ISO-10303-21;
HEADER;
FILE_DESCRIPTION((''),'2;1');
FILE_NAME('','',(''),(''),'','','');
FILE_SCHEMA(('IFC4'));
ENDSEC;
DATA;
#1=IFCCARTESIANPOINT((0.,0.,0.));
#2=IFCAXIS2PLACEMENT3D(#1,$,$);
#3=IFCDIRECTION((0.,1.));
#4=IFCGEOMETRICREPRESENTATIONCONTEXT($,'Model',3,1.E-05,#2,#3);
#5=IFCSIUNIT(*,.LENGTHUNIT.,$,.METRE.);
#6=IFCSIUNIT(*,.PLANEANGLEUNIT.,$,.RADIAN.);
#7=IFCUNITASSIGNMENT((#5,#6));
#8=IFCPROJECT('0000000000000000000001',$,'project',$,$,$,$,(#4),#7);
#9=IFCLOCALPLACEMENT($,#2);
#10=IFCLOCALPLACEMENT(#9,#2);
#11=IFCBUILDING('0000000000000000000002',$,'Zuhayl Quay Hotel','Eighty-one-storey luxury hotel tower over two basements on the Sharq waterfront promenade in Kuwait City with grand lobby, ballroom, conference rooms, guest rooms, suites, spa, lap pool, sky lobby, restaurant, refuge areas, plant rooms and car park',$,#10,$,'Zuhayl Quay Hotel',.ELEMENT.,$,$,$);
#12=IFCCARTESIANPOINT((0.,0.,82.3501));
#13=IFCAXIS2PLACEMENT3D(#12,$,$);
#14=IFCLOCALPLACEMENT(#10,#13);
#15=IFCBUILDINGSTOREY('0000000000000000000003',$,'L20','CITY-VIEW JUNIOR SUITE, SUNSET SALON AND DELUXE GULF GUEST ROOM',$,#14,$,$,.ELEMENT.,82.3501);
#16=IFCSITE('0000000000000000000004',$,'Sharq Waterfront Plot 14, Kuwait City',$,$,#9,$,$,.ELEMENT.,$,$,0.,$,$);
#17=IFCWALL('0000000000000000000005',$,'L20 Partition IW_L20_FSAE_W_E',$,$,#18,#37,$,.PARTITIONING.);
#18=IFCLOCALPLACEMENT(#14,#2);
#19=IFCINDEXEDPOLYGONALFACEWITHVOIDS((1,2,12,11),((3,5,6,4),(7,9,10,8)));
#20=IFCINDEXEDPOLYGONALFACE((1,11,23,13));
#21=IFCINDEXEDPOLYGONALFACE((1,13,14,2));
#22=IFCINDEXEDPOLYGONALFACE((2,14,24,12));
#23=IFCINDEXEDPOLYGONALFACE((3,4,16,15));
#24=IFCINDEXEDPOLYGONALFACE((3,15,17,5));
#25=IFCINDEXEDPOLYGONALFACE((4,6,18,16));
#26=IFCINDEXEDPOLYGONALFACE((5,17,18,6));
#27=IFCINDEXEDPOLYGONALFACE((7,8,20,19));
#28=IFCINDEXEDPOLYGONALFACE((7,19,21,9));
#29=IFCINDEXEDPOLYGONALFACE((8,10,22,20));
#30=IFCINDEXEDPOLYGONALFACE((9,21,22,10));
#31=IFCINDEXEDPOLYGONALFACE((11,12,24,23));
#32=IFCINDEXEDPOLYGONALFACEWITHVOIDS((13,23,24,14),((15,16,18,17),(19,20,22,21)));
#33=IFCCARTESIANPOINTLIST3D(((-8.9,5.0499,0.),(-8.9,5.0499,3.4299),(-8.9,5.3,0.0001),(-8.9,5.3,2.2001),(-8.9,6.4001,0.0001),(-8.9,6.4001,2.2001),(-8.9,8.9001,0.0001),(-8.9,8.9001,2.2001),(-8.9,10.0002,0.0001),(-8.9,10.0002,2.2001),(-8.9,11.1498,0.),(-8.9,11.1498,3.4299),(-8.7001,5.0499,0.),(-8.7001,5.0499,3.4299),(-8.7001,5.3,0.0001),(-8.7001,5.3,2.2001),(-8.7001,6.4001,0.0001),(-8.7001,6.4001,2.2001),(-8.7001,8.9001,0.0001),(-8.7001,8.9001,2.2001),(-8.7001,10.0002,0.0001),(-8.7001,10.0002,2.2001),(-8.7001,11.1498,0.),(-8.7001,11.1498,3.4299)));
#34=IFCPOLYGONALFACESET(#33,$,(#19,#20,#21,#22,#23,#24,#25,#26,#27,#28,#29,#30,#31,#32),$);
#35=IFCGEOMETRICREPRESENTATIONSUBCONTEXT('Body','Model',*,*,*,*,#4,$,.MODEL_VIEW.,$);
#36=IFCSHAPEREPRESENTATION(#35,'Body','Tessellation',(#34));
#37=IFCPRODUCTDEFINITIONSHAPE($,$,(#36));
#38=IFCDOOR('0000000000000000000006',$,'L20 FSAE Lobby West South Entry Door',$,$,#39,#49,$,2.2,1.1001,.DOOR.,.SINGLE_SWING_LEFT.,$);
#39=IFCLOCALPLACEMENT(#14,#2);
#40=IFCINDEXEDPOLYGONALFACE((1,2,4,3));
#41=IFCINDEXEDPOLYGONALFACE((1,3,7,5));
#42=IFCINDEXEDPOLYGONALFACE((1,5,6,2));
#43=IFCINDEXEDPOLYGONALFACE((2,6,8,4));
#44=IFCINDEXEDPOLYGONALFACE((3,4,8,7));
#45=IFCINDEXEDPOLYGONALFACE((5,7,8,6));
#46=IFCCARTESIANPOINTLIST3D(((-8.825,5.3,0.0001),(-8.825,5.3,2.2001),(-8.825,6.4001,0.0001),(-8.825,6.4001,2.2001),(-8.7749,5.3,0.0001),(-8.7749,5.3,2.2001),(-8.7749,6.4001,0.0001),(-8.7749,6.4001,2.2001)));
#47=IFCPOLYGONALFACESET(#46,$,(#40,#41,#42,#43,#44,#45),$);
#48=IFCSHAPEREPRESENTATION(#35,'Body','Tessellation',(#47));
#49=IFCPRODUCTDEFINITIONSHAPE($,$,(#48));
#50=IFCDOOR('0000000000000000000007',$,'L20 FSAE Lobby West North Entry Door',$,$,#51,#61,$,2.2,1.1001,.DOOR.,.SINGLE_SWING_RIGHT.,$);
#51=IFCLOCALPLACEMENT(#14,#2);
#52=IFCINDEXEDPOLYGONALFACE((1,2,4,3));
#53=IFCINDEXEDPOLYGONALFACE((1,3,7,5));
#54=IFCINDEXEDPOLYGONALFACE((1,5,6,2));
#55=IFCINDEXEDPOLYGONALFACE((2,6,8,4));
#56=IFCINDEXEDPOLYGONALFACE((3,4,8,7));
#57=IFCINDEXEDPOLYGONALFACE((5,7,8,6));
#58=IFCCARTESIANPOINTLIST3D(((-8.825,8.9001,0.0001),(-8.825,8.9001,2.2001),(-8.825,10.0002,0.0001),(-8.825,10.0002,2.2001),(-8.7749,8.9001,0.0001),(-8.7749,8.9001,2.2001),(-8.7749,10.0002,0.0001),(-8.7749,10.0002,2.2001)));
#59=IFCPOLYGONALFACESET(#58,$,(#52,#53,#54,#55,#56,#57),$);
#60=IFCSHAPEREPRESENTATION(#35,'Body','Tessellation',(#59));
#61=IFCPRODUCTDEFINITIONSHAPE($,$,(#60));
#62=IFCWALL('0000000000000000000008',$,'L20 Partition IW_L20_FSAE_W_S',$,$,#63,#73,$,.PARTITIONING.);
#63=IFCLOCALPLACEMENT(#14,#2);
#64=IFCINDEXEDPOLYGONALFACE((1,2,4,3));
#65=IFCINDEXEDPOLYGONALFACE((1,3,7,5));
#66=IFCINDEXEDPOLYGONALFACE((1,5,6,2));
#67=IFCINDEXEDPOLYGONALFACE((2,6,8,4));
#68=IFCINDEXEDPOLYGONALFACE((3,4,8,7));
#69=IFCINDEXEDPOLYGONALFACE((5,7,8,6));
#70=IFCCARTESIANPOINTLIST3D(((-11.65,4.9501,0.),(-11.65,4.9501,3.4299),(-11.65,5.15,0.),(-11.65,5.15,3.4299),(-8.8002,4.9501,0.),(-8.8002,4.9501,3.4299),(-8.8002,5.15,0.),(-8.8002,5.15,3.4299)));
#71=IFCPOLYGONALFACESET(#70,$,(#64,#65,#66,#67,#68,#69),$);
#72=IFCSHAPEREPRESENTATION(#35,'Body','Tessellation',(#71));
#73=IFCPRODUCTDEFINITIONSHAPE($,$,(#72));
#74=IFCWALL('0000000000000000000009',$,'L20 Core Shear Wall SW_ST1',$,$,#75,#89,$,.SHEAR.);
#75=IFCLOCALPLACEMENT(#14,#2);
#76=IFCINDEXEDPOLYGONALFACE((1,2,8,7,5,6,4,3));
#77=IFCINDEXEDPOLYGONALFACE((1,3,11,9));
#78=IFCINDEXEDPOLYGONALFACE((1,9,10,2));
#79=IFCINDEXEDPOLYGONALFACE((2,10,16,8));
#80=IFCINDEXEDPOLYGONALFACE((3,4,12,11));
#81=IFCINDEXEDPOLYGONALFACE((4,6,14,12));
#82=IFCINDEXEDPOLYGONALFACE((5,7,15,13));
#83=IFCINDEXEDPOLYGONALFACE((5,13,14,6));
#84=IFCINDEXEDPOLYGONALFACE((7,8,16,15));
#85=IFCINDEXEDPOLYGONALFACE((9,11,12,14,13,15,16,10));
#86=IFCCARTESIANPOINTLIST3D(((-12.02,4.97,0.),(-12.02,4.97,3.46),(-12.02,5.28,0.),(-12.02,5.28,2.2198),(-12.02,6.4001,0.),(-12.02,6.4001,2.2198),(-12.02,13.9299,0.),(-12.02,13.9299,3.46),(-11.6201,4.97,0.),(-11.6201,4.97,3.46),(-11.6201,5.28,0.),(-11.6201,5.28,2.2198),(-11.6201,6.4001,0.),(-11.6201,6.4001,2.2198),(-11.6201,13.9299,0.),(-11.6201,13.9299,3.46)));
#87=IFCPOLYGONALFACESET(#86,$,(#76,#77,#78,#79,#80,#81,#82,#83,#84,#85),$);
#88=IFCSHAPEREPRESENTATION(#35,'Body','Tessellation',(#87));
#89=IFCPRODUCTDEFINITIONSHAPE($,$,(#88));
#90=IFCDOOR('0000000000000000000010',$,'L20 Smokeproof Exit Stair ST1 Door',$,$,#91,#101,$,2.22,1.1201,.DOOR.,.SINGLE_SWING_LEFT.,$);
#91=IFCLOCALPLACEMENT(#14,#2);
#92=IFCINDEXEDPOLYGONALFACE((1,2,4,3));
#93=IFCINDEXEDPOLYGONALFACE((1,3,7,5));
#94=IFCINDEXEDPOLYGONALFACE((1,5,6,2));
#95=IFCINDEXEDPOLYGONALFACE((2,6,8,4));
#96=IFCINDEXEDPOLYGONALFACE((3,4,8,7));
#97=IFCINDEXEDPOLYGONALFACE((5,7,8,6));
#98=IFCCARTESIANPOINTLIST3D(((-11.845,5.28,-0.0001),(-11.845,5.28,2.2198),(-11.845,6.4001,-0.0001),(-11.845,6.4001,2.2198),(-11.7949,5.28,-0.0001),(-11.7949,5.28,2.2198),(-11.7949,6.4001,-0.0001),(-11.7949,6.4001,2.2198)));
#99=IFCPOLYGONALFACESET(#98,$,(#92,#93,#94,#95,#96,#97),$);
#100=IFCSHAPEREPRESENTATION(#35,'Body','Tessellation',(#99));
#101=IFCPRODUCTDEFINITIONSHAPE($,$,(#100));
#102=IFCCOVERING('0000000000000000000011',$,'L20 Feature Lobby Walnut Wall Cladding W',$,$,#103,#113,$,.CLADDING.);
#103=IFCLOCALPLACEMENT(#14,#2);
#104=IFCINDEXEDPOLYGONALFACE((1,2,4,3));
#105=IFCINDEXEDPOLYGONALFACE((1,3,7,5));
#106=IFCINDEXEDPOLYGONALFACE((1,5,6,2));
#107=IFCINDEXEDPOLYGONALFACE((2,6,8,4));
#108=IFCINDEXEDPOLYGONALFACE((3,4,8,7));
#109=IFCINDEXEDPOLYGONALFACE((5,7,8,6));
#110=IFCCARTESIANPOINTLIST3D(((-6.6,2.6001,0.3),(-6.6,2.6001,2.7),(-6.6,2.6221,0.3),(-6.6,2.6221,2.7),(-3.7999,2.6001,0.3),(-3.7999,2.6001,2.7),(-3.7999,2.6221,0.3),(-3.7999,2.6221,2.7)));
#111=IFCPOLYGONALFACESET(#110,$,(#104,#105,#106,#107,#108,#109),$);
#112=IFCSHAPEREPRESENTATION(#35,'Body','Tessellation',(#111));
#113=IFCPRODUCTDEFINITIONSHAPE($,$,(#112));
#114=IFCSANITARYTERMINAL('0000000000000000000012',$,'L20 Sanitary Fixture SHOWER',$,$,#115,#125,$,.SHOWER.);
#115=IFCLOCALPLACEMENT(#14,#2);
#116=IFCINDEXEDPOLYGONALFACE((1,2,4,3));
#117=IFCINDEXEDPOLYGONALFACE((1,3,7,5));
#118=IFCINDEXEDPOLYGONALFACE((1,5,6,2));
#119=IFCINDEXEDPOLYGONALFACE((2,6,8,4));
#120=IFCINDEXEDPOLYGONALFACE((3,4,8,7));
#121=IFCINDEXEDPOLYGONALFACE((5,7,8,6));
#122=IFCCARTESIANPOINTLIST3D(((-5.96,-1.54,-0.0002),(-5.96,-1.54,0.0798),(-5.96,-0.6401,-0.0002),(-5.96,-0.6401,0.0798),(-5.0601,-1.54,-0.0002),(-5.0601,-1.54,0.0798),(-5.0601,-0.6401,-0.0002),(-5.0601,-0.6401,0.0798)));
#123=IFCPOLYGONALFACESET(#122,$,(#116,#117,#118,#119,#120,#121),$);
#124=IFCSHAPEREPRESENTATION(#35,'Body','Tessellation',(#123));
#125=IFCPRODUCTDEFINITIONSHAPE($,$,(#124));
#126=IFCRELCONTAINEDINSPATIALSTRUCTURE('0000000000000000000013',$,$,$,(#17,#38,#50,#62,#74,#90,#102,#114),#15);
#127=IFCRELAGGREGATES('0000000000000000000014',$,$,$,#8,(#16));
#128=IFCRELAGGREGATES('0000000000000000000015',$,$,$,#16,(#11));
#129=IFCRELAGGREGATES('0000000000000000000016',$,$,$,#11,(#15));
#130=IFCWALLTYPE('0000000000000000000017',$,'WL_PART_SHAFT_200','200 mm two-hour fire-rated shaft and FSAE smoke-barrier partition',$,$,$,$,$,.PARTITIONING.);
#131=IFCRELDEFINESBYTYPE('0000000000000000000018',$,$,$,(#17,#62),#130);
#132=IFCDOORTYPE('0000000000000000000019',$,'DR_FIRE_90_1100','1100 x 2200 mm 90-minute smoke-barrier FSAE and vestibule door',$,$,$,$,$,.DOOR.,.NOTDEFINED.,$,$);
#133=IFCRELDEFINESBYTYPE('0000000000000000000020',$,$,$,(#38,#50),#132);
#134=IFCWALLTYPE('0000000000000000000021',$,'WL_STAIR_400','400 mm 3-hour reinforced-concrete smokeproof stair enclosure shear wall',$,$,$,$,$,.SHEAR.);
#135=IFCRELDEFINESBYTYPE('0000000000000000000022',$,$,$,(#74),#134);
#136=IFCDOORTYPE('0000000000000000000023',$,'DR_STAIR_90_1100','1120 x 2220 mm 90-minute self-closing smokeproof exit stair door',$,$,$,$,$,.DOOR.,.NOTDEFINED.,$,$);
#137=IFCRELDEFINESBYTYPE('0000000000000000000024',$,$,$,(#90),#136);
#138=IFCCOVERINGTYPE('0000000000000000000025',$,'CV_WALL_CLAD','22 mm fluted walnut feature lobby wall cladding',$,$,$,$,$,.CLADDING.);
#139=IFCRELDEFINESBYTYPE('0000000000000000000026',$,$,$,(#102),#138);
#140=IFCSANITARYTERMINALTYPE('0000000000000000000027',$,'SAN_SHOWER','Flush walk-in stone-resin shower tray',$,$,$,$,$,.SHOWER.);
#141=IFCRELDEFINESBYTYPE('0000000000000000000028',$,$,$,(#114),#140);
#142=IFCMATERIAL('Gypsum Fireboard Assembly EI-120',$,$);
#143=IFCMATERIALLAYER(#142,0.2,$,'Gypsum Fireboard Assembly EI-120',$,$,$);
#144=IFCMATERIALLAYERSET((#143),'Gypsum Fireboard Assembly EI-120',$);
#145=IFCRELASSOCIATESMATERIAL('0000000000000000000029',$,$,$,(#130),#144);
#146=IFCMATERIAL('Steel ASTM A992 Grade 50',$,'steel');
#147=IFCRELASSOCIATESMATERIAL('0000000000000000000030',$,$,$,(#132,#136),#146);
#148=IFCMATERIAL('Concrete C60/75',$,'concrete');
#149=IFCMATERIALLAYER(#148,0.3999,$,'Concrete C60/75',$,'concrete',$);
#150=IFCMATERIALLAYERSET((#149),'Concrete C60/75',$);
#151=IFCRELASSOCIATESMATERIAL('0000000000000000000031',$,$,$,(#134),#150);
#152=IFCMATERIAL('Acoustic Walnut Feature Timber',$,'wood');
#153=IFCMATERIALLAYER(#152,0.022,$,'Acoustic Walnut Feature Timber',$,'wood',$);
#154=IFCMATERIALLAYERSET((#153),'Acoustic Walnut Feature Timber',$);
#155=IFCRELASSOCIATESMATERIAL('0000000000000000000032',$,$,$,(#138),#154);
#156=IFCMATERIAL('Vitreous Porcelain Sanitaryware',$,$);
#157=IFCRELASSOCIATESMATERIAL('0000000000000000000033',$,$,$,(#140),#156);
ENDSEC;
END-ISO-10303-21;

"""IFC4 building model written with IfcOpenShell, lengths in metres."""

from ifc_helpers import new_model, si_unit, direction, frame, frame_2d, origin, origin_2d, place, context, subcontext, project, spatial, rectangle, extrude, material, layer, layer_set, type_object, element, fill, save


model = new_model("IFC4")

# Units and contexts
model_context = context("Model", 3, precision=1e-05, world=origin(), true_north=direction((0.0, 1.0)))
body_context = subcontext(model_context, "Body", "Model", "MODEL_VIEW")
ifc_project = project(units=[si_unit("LENGTHUNIT", "METRE"), si_unit("PLANEANGLEUNIT", "RADIAN")], contexts=[model_context])

# Site, building, storey
site_placement = place(None, origin())
site = spatial("IfcSite", under=ifc_project, at=site_placement, Name="Sharq Waterfront Plot 14, Kuwait City", CompositionType="ELEMENT", RefElevation=0.0)
building_placement = place(site_placement, origin())
building = spatial("IfcBuilding", under=site, at=building_placement, Name="Zuhayl Quay Hotel", Description="Eighty-one-storey luxury hotel tower over two basements on the Sharq waterfront promenade in Kuwait City with grand lobby, ballroom, conference rooms, guest rooms, suites, spa, lap pool, sky lobby, restaurant, refuge areas, plant rooms and car park", LongName="Zuhayl Quay Hotel", CompositionType="ELEMENT")
storey_placement = place(building_placement, frame((0.0, 0.0, 82.3501)))
storey = spatial("IfcBuildingStorey", under=building, at=storey_placement, Name="L20", Description="CITY-VIEW JUNIOR SUITE, SUNSET SALON AND DELUXE GULF GUEST ROOM", CompositionType="ELEMENT", Elevation=82.3501)

# Shared definitions
ifc_material_1 = material(Name="Concrete C60/75", Category="concrete")
ifc_material_2 = material(Name="Steel ASTM A992 Grade 50", Category="steel")

# Wall, openings, doors
ifc_material_3 = material(Name="Gypsum Fireboard Assembly EI-120")
ifc_layer_1 = layer(ifc_material_3, 0.2, Name="Gypsum Fireboard Assembly EI-120")
ifc_layer_set_1 = layer_set([ifc_layer_1], Name="Gypsum Fireboard Assembly EI-120")
wall_type_1 = type_object("IfcWallType", Name="WL_PART_SHAFT_200", Description="200 mm two-hour fire-rated shaft and FSAE smoke-barrier partition", PredefinedType="PARTITIONING", material=ifc_layer_set_1)
wall_1_placement = place(storey_placement, frame((-8.8, 5.05, 0.0), z_axis=(0.0, 0.0, 1.0), x_axis=(0.0, 1.0, 0.0)))
wall_1 = element("IfcWall", 1, at=wall_1_placement, inside=storey, type_object=wall_type_1, Name="L20 Partition IW_L20_FSAE_W_E", PredefinedType="PARTITIONING", context=body_context, shape_type="SweptSolid", body=[
    extrude(rectangle(XDim=6.0999, YDim=0.2, at=frame_2d((3.0498, 0.0))), origin(), (0.0, 0.0, 1.0), 3.4299),
])
opening_1_placement = place(wall_1_placement, frame((0.25, 0.0, 0.0)))
opening_1 = element("IfcOpeningElement", 2, at=opening_1_placement, cuts=wall_1, PredefinedType="OPENING", context=body_context, shape_type="SweptSolid", body=[
    extrude(rectangle(XDim=1.1001, YDim=2.2, at=frame_2d((0.55, 1.1001))), frame((0.0, 0.1099, 0.0), z_axis=(0.0, -1.0, 0.0), x_axis=(1.0, 0.0, 0.0)), (0.0, 0.0, 1.0), 0.22),
])
opening_2_placement = place(wall_1_placement, frame((3.8501, 0.0, 0.0)))
opening_2 = element("IfcOpeningElement", 3, at=opening_2_placement, cuts=wall_1, PredefinedType="OPENING", context=body_context, shape_type="SweptSolid", body=[
    extrude(rectangle(XDim=1.1001, YDim=2.2, at=frame_2d((0.55, 1.1001))), frame((0.0, 0.1099, 0.0), z_axis=(0.0, -1.0, 0.0), x_axis=(1.0, 0.0, 0.0)), (0.0, 0.0, 1.0), 0.22),
])
door_type_1 = type_object("IfcDoorType", Name="DR_FIRE_90_1100", Description="1100 x 2200 mm 90-minute smoke-barrier FSAE and vestibule door", OperationType="NOTDEFINED", PredefinedType="DOOR", material=ifc_material_2)
door_1_placement = place(opening_1_placement, origin())
door_1 = element("IfcDoor", 4, at=door_1_placement, inside=storey, type_object=door_type_1, Name="L20 FSAE Lobby West South Entry Door", OperationType="SINGLE_SWING_LEFT", OverallHeight=2.2, OverallWidth=1.1001, PredefinedType="DOOR", context=body_context, shape_type="SweptSolid", body=[
    extrude(rectangle(XDim=1.1001, YDim=2.2, at=frame_2d((0.55, 1.1001))), frame((0.0, 0.0249, 0.0), z_axis=(0.0, -1.0, 0.0), x_axis=(1.0, 0.0, 0.0)), (0.0, 0.0, 1.0), 0.05),
])
fill(opening_1, door_1)
door_2_placement = place(opening_2_placement, origin())
door_2 = element("IfcDoor", 5, at=door_2_placement, inside=storey, type_object=door_type_1, Name="L20 FSAE Lobby West North Entry Door", OperationType="SINGLE_SWING_RIGHT", OverallHeight=2.2, OverallWidth=1.1001, PredefinedType="DOOR", context=body_context, shape_type="SweptSolid", body=[
    extrude(rectangle(XDim=1.1001, YDim=2.2, at=frame_2d((0.55, 1.1001))), frame((0.0, 0.0249, 0.0), z_axis=(0.0, -1.0, 0.0), x_axis=(1.0, 0.0, 0.0)), (0.0, 0.0, 1.0), 0.05),
])
fill(opening_2, door_2)

# Wall
wall_2_placement = place(storey_placement, frame((-11.6499, 5.05, 0.0), z_axis=(0.0, 0.0, 1.0), x_axis=(1.0, 0.0, 0.0)))
element("IfcWall", 6, at=wall_2_placement, inside=storey, type_object=wall_type_1, Name="L20 Partition IW_L20_FSAE_W_S", PredefinedType="PARTITIONING", context=body_context, shape_type="SweptSolid", body=[
    extrude(rectangle(XDim=2.8499, YDim=0.2, at=frame_2d((1.4248, 0.0))), origin(), (0.0, 0.0, 1.0), 3.4299),
])

# Wall, opening, door
ifc_layer_2 = layer(ifc_material_1, 0.3999, Name="Concrete C60/75", Category="concrete")
ifc_layer_set_2 = layer_set([ifc_layer_2], Name="Concrete C60/75")
wall_type_2 = type_object("IfcWallType", Name="WL_STAIR_400", Description="400 mm 3-hour reinforced-concrete smokeproof stair enclosure shear wall", PredefinedType="SHEAR", material=ifc_layer_set_2)
wall_3_placement = place(storey_placement, frame((-11.8201, 4.97, 0.0), z_axis=(0.0, 0.0, 1.0), x_axis=(0.0, 1.0, 0.0)))
wall_3 = element("IfcWall", 7, at=wall_3_placement, inside=storey, type_object=wall_type_2, Name="L20 Core Shear Wall SW_ST1", PredefinedType="SHEAR", context=body_context, shape_type="SweptSolid", body=[
    extrude(rectangle(XDim=8.96, YDim=0.3999, at=frame_2d((4.48, 0.0))), origin(), (0.0, 0.0, 1.0), 3.46),
])
opening_3_placement = place(wall_3_placement, frame((0.3101, 0.0, 0.0)))
opening_3 = element("IfcOpeningElement", 8, at=opening_3_placement, cuts=wall_3, PredefinedType="OPENING", context=body_context, shape_type="SweptSolid", body=[
    extrude(rectangle(XDim=1.1201, YDim=2.22, at=frame_2d((0.5601, 1.1099))), frame((0.0, 0.21, 0.0), z_axis=(0.0, -1.0, 0.0), x_axis=(1.0, 0.0, 0.0)), (0.0, 0.0, 1.0), 0.4199),
])
door_type_2 = type_object("IfcDoorType", Name="DR_STAIR_90_1100", Description="1120 x 2220 mm 90-minute self-closing smokeproof exit stair door", OperationType="NOTDEFINED", PredefinedType="DOOR", material=ifc_material_2)
door_3_placement = place(opening_3_placement, origin())
door_3 = element("IfcDoor", 9, at=door_3_placement, inside=storey, type_object=door_type_2, Name="L20 Smokeproof Exit Stair ST1 Door", OperationType="SINGLE_SWING_LEFT", OverallHeight=2.22, OverallWidth=1.1201, PredefinedType="DOOR", context=body_context, shape_type="SweptSolid", body=[
    extrude(rectangle(XDim=1.1201, YDim=2.22, at=frame_2d((0.5601, 1.1099))), frame((0.0, 0.0249, 0.0), z_axis=(0.0, -1.0, 0.0), x_axis=(1.0, 0.0, 0.0)), (0.0, 0.0, 1.0), 0.05),
])
fill(opening_3, door_3)

# Covering
ifc_material_4 = material(Name="Acoustic Walnut Feature Timber", Category="wood")
ifc_layer_3 = layer(ifc_material_4, 0.022, Name="Acoustic Walnut Feature Timber", Category="wood")
ifc_layer_set_3 = layer_set([ifc_layer_3], Name="Acoustic Walnut Feature Timber")
covering_type = type_object("IfcCoveringType", Name="CV_WALL_CLAD", Description="22 mm fluted walnut feature lobby wall cladding", PredefinedType="CLADDING", material=ifc_layer_set_3)
covering_placement = place(storey_placement, frame((-5.2, 2.6111, 0.3), z_axis=(0.0, 0.0, 1.0), x_axis=(1.0, 0.0, 0.0)))
element("IfcCovering", 10, at=covering_placement, inside=storey, type_object=covering_type, Name="L20 Feature Lobby Walnut Wall Cladding W", PredefinedType="CLADDING", context=body_context, shape_type="SweptSolid", body=[
    extrude(rectangle(XDim=2.8, YDim=0.022, at=origin_2d()), origin(), (0.0, 0.0, 1.0), 2.3999),
])

# Sanitary terminal
ifc_material_5 = material(Name="Vitreous Porcelain Sanitaryware")
sanitary_terminal_type = type_object("IfcSanitaryTerminalType", Name="SAN_SHOWER", Description="Flush walk-in stone-resin shower tray", PredefinedType="SHOWER", material=ifc_material_5)
sanitary_terminal_placement = place(storey_placement, frame((-5.51, -1.0901, -0.0002), z_axis=(0.0, 0.0, 1.0), x_axis=(1.0, 0.0, 0.0)))
element("IfcSanitaryTerminal", 11, at=sanitary_terminal_placement, inside=storey, type_object=sanitary_terminal_type, Name="L20 Sanitary Fixture SHOWER", PredefinedType="SHOWER", context=body_context, shape_type="SweptSolid", body=[
    extrude(rectangle(XDim=0.8999, YDim=0.8999, at=origin_2d()), origin(), (0.0, 0.0, 1.0), 0.0801),
])

save(model, "model.ifc")
